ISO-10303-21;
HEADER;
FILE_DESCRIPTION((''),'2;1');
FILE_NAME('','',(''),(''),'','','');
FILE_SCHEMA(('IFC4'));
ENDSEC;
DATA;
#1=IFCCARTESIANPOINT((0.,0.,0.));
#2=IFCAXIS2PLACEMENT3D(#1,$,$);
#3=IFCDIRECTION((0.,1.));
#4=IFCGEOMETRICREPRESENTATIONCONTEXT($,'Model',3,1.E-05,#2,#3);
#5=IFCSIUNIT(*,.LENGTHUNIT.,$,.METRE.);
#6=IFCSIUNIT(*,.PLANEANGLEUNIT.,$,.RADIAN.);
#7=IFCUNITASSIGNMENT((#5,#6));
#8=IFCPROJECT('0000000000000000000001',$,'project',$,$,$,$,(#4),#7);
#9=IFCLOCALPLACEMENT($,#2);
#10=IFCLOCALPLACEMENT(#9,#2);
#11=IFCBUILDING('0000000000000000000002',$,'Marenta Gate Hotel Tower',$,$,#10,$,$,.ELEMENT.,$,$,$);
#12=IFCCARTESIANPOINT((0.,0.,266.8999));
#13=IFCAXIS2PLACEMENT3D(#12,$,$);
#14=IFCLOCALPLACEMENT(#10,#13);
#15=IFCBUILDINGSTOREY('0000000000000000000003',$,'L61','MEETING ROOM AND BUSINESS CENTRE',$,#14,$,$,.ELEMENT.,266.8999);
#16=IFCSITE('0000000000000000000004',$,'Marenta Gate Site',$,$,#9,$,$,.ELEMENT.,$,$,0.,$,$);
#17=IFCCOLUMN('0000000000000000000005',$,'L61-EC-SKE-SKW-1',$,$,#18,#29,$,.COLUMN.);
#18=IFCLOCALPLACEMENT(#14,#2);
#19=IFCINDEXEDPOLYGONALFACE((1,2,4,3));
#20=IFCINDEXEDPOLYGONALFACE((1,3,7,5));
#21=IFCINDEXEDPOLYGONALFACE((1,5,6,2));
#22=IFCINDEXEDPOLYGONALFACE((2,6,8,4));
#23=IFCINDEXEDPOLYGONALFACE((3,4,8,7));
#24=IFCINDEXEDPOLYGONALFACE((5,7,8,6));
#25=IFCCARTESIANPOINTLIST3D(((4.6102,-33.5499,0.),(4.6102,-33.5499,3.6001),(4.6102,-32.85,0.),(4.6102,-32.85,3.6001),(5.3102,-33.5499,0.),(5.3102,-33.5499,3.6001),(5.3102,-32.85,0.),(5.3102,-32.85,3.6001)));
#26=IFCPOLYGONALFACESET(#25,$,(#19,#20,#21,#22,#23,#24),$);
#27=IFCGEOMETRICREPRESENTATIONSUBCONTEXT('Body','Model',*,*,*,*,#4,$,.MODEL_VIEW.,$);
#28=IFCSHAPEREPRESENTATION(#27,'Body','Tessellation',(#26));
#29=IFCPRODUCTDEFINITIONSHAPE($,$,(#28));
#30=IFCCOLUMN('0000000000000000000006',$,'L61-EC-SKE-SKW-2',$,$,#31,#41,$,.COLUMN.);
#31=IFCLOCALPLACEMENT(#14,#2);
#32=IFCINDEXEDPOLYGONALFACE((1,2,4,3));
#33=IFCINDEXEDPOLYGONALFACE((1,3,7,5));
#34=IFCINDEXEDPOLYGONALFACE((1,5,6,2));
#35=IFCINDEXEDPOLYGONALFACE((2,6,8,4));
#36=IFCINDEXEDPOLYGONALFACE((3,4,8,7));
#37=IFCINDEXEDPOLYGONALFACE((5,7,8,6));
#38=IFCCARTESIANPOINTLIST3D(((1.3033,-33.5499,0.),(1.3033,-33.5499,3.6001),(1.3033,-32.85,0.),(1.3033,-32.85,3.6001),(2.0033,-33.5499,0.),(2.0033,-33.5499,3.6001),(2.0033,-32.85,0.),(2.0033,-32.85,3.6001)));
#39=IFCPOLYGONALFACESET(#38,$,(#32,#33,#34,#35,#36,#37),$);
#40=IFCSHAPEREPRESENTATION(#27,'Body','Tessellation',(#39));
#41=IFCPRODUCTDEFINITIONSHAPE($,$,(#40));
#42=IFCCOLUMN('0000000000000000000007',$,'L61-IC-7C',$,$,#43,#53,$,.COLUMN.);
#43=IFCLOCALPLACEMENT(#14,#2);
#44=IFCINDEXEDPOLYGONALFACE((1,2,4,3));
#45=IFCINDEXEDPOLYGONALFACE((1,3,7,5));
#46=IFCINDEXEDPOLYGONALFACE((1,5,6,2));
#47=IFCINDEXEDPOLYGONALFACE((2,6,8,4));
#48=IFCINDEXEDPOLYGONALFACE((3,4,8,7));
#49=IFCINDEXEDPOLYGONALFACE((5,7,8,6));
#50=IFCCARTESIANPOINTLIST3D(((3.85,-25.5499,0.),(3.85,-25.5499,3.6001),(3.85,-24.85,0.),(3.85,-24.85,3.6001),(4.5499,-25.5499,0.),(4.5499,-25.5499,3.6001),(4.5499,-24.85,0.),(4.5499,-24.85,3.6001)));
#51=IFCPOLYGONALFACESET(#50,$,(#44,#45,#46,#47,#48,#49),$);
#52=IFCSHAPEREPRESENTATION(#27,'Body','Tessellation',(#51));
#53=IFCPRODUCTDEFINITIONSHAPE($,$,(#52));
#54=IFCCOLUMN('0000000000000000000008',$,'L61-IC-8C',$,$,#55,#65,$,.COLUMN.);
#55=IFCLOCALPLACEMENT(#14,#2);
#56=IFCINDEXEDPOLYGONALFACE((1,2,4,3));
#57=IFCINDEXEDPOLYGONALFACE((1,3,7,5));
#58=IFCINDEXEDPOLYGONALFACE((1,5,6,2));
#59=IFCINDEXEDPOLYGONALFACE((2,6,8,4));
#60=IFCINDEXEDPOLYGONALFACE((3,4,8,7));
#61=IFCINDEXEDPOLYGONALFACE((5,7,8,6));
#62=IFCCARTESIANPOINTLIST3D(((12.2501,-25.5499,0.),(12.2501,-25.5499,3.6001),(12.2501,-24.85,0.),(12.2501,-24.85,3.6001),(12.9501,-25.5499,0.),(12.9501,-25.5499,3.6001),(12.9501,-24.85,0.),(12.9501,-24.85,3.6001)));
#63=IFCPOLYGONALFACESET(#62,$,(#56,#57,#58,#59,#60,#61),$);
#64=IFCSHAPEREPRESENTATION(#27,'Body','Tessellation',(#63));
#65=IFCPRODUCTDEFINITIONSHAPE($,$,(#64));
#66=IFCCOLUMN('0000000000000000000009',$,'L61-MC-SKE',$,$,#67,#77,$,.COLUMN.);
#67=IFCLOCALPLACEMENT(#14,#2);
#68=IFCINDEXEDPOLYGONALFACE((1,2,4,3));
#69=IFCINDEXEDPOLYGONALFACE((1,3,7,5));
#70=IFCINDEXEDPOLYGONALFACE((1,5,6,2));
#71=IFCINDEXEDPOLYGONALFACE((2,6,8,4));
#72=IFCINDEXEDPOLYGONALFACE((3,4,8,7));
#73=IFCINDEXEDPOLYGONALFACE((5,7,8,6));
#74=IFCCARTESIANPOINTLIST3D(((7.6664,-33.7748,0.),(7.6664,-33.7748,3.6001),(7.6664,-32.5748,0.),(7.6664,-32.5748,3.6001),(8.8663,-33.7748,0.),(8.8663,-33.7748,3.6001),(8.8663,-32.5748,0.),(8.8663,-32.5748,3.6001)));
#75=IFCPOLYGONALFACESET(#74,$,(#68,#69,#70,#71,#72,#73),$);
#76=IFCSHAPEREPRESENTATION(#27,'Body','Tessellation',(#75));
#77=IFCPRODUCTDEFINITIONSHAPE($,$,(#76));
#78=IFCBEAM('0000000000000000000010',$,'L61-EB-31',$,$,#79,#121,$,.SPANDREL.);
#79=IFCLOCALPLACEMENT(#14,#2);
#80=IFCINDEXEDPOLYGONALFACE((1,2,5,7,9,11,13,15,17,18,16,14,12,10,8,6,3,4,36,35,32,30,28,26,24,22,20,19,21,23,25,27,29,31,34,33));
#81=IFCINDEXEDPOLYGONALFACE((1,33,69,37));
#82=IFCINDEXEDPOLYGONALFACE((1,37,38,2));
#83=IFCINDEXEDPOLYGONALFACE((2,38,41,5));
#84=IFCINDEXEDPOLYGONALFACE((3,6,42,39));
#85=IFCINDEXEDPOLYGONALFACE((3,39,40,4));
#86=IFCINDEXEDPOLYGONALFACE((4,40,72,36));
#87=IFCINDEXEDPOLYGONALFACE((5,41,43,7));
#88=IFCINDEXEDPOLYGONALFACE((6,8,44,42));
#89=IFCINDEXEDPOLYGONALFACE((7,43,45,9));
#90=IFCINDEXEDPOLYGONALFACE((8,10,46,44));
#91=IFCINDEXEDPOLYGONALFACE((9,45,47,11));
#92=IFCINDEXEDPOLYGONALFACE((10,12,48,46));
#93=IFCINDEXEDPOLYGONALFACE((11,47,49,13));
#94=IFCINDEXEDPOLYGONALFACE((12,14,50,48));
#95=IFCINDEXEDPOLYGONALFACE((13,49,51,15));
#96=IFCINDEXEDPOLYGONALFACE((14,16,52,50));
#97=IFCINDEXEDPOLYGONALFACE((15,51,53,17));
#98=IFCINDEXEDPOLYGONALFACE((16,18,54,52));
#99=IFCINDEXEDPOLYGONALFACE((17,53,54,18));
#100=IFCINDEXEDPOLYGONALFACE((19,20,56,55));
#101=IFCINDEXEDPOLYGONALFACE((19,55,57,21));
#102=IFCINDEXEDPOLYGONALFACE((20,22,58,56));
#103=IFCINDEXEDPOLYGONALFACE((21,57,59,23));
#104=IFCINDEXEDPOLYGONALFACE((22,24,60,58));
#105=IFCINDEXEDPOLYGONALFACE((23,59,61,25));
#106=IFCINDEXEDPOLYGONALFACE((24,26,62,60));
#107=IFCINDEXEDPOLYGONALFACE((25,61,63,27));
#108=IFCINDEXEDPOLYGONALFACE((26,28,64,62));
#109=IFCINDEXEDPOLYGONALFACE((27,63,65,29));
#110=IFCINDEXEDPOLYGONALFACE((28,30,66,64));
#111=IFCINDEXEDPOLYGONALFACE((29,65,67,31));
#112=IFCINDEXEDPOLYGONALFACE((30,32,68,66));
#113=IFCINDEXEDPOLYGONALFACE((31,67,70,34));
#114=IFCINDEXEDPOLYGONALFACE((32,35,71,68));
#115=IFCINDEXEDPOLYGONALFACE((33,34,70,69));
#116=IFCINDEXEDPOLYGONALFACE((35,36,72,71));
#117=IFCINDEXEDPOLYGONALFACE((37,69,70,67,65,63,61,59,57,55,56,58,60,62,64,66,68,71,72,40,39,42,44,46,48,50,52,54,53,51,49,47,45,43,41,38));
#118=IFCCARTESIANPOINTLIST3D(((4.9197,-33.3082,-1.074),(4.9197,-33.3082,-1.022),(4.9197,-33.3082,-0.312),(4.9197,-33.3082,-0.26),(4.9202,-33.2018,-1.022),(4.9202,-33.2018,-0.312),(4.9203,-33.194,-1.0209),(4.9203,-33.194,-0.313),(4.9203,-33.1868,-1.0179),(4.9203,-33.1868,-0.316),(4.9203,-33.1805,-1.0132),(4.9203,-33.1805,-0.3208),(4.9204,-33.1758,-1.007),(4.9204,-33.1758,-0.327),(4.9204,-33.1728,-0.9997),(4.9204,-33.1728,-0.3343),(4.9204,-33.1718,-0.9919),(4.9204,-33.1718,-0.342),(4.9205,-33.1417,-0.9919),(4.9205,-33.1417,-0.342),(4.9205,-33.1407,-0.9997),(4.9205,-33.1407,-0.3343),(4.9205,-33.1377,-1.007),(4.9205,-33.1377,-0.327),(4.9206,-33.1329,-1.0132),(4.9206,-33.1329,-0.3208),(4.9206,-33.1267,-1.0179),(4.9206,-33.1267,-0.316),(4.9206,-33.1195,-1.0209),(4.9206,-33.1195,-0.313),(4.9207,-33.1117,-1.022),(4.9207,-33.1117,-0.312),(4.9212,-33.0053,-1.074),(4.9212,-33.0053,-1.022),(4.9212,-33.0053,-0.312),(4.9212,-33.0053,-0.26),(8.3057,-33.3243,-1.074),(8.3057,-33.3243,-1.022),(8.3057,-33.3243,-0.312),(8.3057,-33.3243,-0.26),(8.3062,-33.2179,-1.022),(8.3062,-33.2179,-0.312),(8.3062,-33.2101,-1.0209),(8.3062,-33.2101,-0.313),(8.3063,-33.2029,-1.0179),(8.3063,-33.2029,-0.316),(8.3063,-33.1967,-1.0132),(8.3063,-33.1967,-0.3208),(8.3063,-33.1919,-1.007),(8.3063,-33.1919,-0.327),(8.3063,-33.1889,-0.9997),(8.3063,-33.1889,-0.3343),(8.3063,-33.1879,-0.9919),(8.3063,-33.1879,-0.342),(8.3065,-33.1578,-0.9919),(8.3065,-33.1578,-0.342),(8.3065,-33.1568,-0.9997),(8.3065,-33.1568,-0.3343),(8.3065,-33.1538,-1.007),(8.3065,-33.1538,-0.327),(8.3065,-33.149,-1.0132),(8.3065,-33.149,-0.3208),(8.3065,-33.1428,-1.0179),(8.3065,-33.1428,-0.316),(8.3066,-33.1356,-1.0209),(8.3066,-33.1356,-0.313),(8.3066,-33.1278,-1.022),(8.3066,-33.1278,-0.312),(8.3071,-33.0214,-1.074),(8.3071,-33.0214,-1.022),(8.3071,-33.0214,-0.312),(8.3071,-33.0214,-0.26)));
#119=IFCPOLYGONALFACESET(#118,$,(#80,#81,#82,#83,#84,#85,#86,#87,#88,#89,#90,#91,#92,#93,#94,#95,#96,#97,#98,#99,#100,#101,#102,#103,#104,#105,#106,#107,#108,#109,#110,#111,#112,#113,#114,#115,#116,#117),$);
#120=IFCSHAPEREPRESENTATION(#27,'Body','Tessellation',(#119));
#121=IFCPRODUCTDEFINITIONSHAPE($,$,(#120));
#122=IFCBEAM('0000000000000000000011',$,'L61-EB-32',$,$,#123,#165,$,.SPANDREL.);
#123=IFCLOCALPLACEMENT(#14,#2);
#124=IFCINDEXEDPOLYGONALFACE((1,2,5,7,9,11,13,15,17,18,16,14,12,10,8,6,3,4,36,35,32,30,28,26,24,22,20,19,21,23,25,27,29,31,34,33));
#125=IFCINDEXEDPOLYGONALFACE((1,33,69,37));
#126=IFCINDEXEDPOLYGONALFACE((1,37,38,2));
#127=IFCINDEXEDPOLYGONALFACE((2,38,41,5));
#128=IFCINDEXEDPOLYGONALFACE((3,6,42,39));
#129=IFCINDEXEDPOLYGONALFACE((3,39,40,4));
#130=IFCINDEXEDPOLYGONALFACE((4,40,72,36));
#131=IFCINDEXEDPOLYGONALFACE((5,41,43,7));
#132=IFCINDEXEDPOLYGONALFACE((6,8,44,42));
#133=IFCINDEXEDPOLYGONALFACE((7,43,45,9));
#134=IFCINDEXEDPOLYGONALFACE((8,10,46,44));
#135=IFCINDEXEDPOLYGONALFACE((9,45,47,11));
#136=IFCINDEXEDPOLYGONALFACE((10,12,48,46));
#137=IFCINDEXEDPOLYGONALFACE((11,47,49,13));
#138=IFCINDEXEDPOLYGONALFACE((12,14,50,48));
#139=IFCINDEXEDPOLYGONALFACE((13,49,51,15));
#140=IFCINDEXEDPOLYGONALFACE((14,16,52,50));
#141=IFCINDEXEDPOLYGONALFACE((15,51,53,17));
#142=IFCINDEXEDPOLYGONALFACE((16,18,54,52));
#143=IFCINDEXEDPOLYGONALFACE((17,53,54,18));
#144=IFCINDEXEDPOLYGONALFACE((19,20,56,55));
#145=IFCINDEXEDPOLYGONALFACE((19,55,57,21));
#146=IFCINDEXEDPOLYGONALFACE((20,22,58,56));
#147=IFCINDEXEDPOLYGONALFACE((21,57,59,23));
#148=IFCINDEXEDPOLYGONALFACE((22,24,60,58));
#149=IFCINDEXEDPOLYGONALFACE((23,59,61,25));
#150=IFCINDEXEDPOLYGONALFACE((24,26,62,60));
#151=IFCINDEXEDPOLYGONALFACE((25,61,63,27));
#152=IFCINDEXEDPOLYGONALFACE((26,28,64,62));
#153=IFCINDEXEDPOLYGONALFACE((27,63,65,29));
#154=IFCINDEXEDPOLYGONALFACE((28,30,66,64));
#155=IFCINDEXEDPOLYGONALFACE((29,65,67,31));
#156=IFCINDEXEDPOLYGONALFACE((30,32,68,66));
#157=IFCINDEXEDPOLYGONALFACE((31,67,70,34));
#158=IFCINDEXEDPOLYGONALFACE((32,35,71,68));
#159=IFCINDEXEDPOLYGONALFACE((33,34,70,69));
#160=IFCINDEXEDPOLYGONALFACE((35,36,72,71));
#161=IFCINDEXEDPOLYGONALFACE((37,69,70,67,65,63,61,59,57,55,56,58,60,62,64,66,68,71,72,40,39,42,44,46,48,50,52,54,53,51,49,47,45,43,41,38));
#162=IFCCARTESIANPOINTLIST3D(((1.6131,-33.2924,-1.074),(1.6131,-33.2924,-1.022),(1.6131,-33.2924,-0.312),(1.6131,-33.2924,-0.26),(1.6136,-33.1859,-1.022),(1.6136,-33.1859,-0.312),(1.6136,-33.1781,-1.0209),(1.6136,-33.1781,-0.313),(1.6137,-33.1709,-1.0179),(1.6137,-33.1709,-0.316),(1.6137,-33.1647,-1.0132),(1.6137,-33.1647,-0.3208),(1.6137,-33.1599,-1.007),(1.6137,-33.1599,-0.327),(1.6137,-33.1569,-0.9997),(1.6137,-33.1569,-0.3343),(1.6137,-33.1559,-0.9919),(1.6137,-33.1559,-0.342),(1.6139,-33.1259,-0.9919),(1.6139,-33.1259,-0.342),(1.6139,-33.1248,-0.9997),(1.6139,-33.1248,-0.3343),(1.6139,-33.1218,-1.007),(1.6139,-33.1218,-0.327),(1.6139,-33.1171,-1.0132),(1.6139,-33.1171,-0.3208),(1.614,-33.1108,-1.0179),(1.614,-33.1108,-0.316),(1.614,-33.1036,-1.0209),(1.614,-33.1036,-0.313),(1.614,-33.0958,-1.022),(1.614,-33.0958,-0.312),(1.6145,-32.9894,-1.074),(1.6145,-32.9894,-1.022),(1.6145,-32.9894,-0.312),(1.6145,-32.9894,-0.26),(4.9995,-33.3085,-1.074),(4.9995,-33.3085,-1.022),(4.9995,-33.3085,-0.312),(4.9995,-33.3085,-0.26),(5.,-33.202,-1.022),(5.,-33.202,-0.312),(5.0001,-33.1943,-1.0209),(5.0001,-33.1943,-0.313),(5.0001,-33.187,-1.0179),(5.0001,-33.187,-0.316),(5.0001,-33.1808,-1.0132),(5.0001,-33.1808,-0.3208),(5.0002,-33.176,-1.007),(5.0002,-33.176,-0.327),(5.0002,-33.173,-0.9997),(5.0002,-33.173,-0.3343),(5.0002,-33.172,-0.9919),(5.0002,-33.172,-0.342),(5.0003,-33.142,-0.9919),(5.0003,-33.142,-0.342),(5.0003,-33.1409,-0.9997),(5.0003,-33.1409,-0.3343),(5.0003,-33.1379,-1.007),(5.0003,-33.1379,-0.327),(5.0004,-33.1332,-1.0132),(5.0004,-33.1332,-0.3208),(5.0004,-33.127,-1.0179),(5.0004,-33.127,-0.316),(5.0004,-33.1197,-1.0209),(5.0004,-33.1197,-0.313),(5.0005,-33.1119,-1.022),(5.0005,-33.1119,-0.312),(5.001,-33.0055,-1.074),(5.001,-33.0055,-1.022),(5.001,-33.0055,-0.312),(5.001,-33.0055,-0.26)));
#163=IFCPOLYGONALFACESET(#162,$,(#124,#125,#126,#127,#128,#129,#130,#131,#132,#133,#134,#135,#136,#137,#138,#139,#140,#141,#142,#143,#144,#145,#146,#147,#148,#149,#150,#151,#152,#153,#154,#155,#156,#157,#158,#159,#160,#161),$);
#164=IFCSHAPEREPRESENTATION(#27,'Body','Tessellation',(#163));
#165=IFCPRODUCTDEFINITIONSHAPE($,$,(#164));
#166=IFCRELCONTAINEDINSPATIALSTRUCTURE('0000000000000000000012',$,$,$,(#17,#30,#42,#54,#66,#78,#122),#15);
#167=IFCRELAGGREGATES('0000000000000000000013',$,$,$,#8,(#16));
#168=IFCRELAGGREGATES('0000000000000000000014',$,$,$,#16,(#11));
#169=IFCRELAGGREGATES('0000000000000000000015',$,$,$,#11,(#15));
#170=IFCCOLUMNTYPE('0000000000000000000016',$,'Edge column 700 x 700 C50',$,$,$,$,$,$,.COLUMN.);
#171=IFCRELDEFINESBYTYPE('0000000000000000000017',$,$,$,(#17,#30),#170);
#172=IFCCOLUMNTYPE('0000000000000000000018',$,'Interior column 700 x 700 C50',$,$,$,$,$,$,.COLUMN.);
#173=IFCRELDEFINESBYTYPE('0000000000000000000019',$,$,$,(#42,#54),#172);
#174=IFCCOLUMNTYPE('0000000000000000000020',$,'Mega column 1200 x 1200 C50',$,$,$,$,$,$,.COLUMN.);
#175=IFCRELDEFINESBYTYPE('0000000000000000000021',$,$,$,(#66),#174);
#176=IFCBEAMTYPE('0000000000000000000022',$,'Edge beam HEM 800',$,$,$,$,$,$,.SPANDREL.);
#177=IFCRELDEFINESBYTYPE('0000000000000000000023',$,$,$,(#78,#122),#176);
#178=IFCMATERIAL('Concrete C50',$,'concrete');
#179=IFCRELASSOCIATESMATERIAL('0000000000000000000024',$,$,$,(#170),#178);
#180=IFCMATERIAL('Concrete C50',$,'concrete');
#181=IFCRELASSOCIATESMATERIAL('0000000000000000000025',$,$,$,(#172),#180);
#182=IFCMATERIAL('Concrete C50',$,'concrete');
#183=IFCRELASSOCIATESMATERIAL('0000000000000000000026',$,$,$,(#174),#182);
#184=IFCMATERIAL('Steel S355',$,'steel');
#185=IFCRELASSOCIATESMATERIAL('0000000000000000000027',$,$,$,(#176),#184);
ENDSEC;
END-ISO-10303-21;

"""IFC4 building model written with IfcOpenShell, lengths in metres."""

from ifc_helpers import new_model, si_unit, direction, frame, origin, origin_2d, place, context, subcontext, project, spatial, rectangle, i_section, extrude, material, material_profile, profile_set, type_object, element, save


model = new_model("IFC4")

# Units and contexts
model_context = context("Model", 3, precision=1e-05, world=origin(), true_north=direction((0.0, 1.0)))
body_context = subcontext(model_context, "Body", "Model", "MODEL_VIEW")
ifc_project = project(units=[si_unit("LENGTHUNIT", "METRE"), si_unit("PLANEANGLEUNIT", "RADIAN")], contexts=[model_context])

# Site, building, storey
site_placement = place(None, origin())
site = spatial("IfcSite", under=ifc_project, at=site_placement, Name="Marenta Gate Site", CompositionType="ELEMENT", RefElevation=0.0)
building_placement = place(site_placement, origin())
building = spatial("IfcBuilding", under=site, at=building_placement, Name="Marenta Gate Hotel Tower", CompositionType="ELEMENT")
storey_placement = place(building_placement, frame((0.0, 0.0, 266.8999)))
storey = spatial("IfcBuildingStorey", under=building, at=storey_placement, Name="L61", Description="MEETING ROOM AND BUSINESS CENTRE", CompositionType="ELEMENT", Elevation=266.8999)

# Columns
ifc_material_1 = material(Name="Concrete C50", Category="concrete")
ifc_material_profile_1 = material_profile(ifc_material_1, rectangle(XDim=0.7, YDim=0.7, at=origin_2d()), Name="700 x 700")
ifc_profile_set_1 = profile_set([ifc_material_profile_1], Name="Concrete C50")
column_type_1 = type_object("IfcColumnType", Name="Edge column 700 x 700 C50", PredefinedType="COLUMN", material=ifc_profile_set_1)
for number, where, z_axis, x_axis, name in (
    (1, (4.9602, -33.2, 0.0), (0.0, 0.0, 1.0), (1.0, 0.0, 0.0), "L61-EC-SKE-SKW-1"),
    (2, (1.6533, -33.2, 0.0), (0.0, 0.0, 1.0), (1.0, 0.0, 0.0), "L61-EC-SKE-SKW-2"),
):
    element("IfcColumn", number, at=place(storey_placement, frame(where, z_axis=z_axis, x_axis=x_axis)), inside=storey, type_object=column_type_1, Name=name, PredefinedType="COLUMN", context=body_context, shape_type="SweptSolid", body=[
        extrude(rectangle(XDim=0.7, YDim=0.7, at=origin_2d()), origin(), (0.0, 0.0, 1.0), 3.6001),
    ])
ifc_material_2 = material(Name="Concrete C50", Category="concrete")
ifc_material_profile_2 = material_profile(ifc_material_2, rectangle(XDim=0.7, YDim=0.7, at=origin_2d()), Name="700 x 700")
ifc_profile_set_2 = profile_set([ifc_material_profile_2], Name="Concrete C50")
column_type_2 = type_object("IfcColumnType", Name="Interior column 700 x 700 C50", PredefinedType="COLUMN", material=ifc_profile_set_2)
for number, where, z_axis, x_axis, name in (
    (3, (4.2, -25.2, 0.0), (0.0, 0.0, 1.0), (1.0, 0.0, 0.0), "L61-IC-7C"),
    (4, (12.6001, -25.2, 0.0), (0.0, 0.0, 1.0), (1.0, 0.0, 0.0), "L61-IC-8C"),
):
    element("IfcColumn", number, at=place(storey_placement, frame(where, z_axis=z_axis, x_axis=x_axis)), inside=storey, type_object=column_type_2, Name=name, PredefinedType="COLUMN", context=body_context, shape_type="SweptSolid", body=[
        extrude(rectangle(XDim=0.7, YDim=0.7, at=origin_2d()), origin(), (0.0, 0.0, 1.0), 3.6001),
    ])
ifc_material_3 = material(Name="Concrete C50", Category="concrete")
ifc_material_profile_3 = material_profile(ifc_material_3, rectangle(XDim=1.2, YDim=1.2, at=origin_2d()), Name="1200 x 1200")
ifc_profile_set_3 = profile_set([ifc_material_profile_3], Name="Concrete C50")
column_type_3 = type_object("IfcColumnType", Name="Mega column 1200 x 1200 C50", PredefinedType="COLUMN", material=ifc_profile_set_3)
column_placement = place(storey_placement, frame((8.2664, -33.1748, 0.0), z_axis=(0.0, 0.0, 1.0), x_axis=(1.0, 0.0, 0.0)))
element("IfcColumn", 5, at=column_placement, inside=storey, type_object=column_type_3, Name="L61-MC-SKE", PredefinedType="COLUMN", context=body_context, shape_type="SweptSolid", body=[
    extrude(rectangle(XDim=1.2, YDim=1.2, at=origin_2d()), origin(), (0.0, 0.0, 1.0), 3.6001),
])

# Beams
ifc_material_4 = material(Name="Steel S355", Category="steel")
ifc_material_profile_4 = material_profile(ifc_material_4, i_section(OverallWidth=0.303, OverallDepth=0.814, WebThickness=0.03, FlangeThickness=0.052, FilletRadius=0.03, at=origin_2d()), Name="HEM 800")
ifc_profile_set_4 = profile_set([ifc_material_profile_4], Name="Steel S355")
beam_type_1 = type_object("IfcBeamType", Name="Edge beam HEM 800", PredefinedType="SPANDREL", material=ifc_profile_set_4)
beam_1_placement = place(storey_placement, frame((8.3064, -33.1729, -0.667), z_axis=(-0.999989, 0.004759, 0.0), x_axis=(-0.004759, -0.999989, 0.0)))
element("IfcBeam", 6, at=beam_1_placement, inside=storey, type_object=beam_type_1, Name="L61-EB-31", PredefinedType="SPANDREL", context=body_context, shape_type="SweptSolid", body=[
    extrude(i_section(OverallWidth=0.303, OverallDepth=0.814, WebThickness=0.03, FlangeThickness=0.052, FilletRadius=0.03, at=origin_2d()), origin(), (0.0, 0.0, 1.0), 3.386),
])
beam_2_placement = place(storey_placement, frame((5.0002, -33.157, -0.667), z_axis=(-0.999989, 0.004758, 0.0), x_axis=(-0.004758, -0.999989, 0.0)))
element("IfcBeam", 7, at=beam_2_placement, inside=storey, type_object=beam_type_1, Name="L61-EB-32", PredefinedType="SPANDREL", context=body_context, shape_type="SweptSolid", body=[
    extrude(i_section(OverallWidth=0.303, OverallDepth=0.814, WebThickness=0.03, FlangeThickness=0.052, FilletRadius=0.03, at=origin_2d()), origin(), (0.0, 0.0, 1.0), 3.3865),
])

save(model, "model.ifc")
